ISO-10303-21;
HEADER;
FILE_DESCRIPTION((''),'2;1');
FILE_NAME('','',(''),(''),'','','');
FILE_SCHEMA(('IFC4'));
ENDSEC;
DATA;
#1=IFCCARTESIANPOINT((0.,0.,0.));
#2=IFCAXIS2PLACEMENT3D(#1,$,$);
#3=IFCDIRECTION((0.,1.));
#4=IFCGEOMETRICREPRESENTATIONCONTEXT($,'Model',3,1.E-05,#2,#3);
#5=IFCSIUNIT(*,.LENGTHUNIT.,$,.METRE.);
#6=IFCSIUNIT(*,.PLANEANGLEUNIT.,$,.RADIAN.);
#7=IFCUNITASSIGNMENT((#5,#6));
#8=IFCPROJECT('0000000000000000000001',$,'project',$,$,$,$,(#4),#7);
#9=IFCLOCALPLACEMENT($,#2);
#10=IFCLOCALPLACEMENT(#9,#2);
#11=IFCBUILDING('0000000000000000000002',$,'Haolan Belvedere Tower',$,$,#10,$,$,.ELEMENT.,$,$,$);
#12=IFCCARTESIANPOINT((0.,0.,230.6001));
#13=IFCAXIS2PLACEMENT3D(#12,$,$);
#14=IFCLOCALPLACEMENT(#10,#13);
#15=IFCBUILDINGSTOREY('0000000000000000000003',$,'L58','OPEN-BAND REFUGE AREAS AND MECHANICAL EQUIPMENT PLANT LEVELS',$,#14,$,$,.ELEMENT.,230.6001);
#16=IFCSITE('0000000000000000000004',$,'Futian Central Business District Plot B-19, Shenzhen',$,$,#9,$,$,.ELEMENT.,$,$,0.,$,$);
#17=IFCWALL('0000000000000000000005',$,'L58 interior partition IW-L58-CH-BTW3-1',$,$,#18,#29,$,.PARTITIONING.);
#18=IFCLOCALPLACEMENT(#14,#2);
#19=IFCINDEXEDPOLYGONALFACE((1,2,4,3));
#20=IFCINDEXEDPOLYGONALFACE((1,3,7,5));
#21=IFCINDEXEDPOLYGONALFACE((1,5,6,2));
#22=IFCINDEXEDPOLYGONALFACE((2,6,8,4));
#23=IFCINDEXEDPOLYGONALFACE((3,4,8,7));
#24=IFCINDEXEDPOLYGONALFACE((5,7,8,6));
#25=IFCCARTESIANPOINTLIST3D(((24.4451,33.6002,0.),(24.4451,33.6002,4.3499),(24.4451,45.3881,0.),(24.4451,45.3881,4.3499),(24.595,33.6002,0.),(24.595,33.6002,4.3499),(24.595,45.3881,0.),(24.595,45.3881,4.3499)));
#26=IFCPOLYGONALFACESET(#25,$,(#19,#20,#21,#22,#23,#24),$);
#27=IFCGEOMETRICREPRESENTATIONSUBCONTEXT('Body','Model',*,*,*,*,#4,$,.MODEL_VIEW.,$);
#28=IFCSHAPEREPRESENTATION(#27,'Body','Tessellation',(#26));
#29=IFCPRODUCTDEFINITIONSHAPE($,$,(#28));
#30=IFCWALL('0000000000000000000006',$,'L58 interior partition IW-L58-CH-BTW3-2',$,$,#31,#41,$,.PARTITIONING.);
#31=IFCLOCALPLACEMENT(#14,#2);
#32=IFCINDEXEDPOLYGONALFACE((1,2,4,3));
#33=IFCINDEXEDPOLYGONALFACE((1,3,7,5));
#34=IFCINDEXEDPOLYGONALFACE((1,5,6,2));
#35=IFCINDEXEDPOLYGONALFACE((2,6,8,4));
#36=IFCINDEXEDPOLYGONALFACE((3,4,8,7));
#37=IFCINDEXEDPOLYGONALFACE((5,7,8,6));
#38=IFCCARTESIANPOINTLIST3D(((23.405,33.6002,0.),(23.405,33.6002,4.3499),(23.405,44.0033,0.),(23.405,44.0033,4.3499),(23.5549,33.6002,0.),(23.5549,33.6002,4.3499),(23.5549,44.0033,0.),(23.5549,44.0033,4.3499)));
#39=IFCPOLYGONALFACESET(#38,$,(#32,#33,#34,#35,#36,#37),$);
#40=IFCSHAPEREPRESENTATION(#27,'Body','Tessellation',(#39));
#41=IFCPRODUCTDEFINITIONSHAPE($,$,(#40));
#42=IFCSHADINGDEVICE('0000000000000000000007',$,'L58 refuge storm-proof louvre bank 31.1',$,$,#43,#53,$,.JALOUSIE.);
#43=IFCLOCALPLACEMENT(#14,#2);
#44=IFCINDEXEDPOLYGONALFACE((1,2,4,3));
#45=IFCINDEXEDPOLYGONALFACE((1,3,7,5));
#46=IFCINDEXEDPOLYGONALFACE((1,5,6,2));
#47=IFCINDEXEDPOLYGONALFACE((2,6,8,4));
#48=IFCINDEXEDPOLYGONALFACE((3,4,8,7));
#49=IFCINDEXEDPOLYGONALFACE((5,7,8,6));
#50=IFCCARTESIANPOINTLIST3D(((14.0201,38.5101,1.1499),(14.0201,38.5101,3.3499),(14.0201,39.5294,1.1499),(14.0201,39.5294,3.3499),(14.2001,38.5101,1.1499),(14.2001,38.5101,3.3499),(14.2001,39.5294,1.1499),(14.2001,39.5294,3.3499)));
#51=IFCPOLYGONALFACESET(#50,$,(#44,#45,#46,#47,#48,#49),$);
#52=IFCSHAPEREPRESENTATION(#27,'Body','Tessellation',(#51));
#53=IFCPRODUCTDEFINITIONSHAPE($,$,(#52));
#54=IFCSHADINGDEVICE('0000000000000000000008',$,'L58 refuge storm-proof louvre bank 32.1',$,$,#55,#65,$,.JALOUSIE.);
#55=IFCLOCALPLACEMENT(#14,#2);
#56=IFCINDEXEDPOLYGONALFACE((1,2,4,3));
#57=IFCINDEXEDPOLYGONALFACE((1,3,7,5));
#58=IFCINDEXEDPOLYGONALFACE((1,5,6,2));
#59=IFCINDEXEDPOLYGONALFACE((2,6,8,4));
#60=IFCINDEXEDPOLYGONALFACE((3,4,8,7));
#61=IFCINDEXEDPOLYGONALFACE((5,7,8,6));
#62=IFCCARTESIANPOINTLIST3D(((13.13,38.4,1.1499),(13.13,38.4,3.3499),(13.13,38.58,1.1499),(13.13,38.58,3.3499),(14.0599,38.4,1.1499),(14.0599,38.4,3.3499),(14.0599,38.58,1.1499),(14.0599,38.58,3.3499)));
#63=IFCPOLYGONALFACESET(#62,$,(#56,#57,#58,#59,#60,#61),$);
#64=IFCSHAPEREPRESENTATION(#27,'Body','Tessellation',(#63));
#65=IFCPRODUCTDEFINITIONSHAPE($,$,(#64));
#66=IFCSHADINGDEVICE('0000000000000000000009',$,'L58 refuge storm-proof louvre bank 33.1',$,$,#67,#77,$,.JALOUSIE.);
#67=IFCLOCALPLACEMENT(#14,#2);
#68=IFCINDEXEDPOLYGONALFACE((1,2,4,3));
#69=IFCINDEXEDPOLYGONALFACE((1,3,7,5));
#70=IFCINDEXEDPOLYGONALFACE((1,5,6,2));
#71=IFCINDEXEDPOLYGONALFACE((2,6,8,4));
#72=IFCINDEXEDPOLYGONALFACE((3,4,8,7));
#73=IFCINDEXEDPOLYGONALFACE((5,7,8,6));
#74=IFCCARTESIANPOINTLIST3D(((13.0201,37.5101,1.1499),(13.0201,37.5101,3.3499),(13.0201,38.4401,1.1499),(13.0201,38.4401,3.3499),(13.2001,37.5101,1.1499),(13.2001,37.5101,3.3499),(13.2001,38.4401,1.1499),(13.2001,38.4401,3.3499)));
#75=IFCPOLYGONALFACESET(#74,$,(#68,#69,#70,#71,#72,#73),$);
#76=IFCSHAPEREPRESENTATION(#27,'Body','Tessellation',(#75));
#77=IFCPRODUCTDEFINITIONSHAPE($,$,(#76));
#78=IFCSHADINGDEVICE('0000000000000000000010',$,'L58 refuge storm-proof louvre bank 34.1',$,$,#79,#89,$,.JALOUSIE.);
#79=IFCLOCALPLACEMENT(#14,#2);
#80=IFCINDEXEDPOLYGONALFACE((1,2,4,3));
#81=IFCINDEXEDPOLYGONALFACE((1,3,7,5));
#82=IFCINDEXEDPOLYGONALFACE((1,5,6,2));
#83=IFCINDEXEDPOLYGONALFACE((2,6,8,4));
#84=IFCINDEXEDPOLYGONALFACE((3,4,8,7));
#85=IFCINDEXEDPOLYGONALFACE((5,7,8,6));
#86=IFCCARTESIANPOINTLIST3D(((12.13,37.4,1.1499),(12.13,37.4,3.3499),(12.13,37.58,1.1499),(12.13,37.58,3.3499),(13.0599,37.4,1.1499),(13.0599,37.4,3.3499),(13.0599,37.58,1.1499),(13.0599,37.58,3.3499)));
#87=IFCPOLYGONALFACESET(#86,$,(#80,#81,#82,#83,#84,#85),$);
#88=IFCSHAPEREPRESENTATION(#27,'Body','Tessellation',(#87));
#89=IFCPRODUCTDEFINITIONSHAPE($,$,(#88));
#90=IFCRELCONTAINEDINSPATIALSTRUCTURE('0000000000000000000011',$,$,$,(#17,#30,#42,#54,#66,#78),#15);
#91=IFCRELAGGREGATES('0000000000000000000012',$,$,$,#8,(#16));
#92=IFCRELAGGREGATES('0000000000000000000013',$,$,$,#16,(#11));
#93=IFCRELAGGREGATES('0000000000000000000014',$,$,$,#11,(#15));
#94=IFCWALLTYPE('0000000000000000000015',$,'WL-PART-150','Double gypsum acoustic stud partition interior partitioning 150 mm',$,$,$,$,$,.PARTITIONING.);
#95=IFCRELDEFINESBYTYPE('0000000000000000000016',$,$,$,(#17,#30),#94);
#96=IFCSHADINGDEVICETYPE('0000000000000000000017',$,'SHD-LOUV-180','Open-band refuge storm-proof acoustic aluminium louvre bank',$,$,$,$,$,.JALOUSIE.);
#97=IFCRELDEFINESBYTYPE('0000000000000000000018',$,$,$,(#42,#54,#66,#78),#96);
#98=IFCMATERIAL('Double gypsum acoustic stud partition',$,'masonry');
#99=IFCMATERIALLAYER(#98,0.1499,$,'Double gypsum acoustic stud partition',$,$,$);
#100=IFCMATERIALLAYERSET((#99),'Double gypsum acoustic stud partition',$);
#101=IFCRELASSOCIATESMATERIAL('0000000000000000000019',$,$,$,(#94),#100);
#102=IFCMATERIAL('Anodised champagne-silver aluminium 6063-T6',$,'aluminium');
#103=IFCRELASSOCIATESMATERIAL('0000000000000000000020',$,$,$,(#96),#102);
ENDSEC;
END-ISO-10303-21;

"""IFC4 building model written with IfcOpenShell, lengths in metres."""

from ifc_helpers import new_model, si_unit, direction, frame, frame_2d, origin, origin_2d, place, context, subcontext, project, spatial, rectangle, extrude, material, layer, layer_set, type_object, element, save


model = new_model("IFC4")

# Units and contexts
model_context = context("Model", 3, precision=1e-05, world=origin(), true_north=direction((0.0, 1.0)))
body_context = subcontext(model_context, "Body", "Model", "MODEL_VIEW")
ifc_project = project(units=[si_unit("LENGTHUNIT", "METRE"), si_unit("PLANEANGLEUNIT", "RADIAN")], contexts=[model_context])

# Site, building, storey
site_placement = place(None, origin())
site = spatial("IfcSite", under=ifc_project, at=site_placement, Name="Futian Central Business District Plot B-19, Shenzhen", CompositionType="ELEMENT", RefElevation=0.0)
building_placement = place(site_placement, origin())
building = spatial("IfcBuilding", under=site, at=building_placement, Name="Haolan Belvedere Tower", CompositionType="ELEMENT")
storey_placement = place(building_placement, frame((0.0, 0.0, 230.6001)))
storey = spatial("IfcBuildingStorey", under=building, at=storey_placement, Name="L58", Description="OPEN-BAND REFUGE AREAS AND MECHANICAL EQUIPMENT PLANT LEVELS", CompositionType="ELEMENT", Elevation=230.6001)

# Walls
ifc_material_1 = material(Name="Double gypsum acoustic stud partition", Category="masonry")
ifc_layer_1 = layer(ifc_material_1, 0.1499, Name="Double gypsum acoustic stud partition")
ifc_layer_set_1 = layer_set([ifc_layer_1], Name="Double gypsum acoustic stud partition")
wall_type_1 = type_object("IfcWallType", Name="WL-PART-150", Description="Double gypsum acoustic stud partition interior partitioning 150 mm", PredefinedType="PARTITIONING", material=ifc_layer_set_1)
wall_1_placement = place(storey_placement, frame((24.52, 33.6001, 0.0), z_axis=(0.0, 0.0, 1.0), x_axis=(0.0, 1.0, 0.0)))
element("IfcWall", 1, at=wall_1_placement, inside=storey, type_object=wall_type_1, Name="L58 interior partition IW-L58-CH-BTW3-1", PredefinedType="PARTITIONING", context=body_context, shape_type="SweptSolid", body=[
    extrude(rectangle(XDim=11.7878, YDim=0.1499, at=frame_2d((5.894, 0.0))), origin(), (0.0, 0.0, 1.0), 4.3499),
])
wall_2_placement = place(storey_placement, frame((23.48, 33.6001, 0.0), z_axis=(0.0, 0.0, 1.0), x_axis=(0.0, 1.0, 0.0)))
element("IfcWall", 2, at=wall_2_placement, inside=storey, type_object=wall_type_1, Name="L58 interior partition IW-L58-CH-BTW3-2", PredefinedType="PARTITIONING", context=body_context, shape_type="SweptSolid", body=[
    extrude(rectangle(XDim=10.4031, YDim=0.1499, at=frame_2d((5.2017, 0.0))), origin(), (0.0, 0.0, 1.0), 4.3499),
])

# Shading devices
ifc_material_2 = material(Name="Anodised champagne-silver aluminium 6063-T6", Category="aluminium")
shading_device_type = type_object("IfcShadingDeviceType", Name="SHD-LOUV-180", Description="Open-band refuge storm-proof acoustic aluminium louvre bank", PredefinedType="JALOUSIE", material=ifc_material_2)
shading_device_placement = place(storey_placement, frame((14.1101, 39.0198, 1.1499), z_axis=(0.0, 0.0, 1.0), x_axis=(0.0, -1.0, 0.0)))
element("IfcShadingDevice", 3, at=shading_device_placement, inside=storey, type_object=shading_device_type, Name="L58 refuge storm-proof louvre bank 31.1", PredefinedType="JALOUSIE", context=body_context, shape_type="SweptSolid", body=[
    extrude(rectangle(XDim=1.0193, YDim=0.1799, at=origin_2d()), origin(), (0.0, 0.0, 1.0), 2.2),
])
for number, where, z_axis, x_axis, name in (
    (4, (13.595, 38.49, 1.1499), (0.0, 0.0, 1.0), (-1.0, 0.0, 0.0), "L58 refuge storm-proof louvre bank 32.1"),
    (5, (13.1101, 37.9751, 1.1499), (0.0, 0.0, 1.0), (0.0, -1.0, 0.0), "L58 refuge storm-proof louvre bank 33.1"),
    (6, (12.595, 37.49, 1.1499), (0.0, 0.0, 1.0), (-1.0, 0.0, 0.0), "L58 refuge storm-proof louvre bank 34.1"),
):
    element("IfcShadingDevice", number, at=place(storey_placement, frame(where, z_axis=z_axis, x_axis=x_axis)), inside=storey, type_object=shading_device_type, Name=name, PredefinedType="JALOUSIE", context=body_context, shape_type="SweptSolid", body=[
        extrude(rectangle(XDim=0.9299, YDim=0.1799, at=origin_2d()), origin(), (0.0, 0.0, 1.0), 2.2),
    ])

save(model, "model.ifc")
